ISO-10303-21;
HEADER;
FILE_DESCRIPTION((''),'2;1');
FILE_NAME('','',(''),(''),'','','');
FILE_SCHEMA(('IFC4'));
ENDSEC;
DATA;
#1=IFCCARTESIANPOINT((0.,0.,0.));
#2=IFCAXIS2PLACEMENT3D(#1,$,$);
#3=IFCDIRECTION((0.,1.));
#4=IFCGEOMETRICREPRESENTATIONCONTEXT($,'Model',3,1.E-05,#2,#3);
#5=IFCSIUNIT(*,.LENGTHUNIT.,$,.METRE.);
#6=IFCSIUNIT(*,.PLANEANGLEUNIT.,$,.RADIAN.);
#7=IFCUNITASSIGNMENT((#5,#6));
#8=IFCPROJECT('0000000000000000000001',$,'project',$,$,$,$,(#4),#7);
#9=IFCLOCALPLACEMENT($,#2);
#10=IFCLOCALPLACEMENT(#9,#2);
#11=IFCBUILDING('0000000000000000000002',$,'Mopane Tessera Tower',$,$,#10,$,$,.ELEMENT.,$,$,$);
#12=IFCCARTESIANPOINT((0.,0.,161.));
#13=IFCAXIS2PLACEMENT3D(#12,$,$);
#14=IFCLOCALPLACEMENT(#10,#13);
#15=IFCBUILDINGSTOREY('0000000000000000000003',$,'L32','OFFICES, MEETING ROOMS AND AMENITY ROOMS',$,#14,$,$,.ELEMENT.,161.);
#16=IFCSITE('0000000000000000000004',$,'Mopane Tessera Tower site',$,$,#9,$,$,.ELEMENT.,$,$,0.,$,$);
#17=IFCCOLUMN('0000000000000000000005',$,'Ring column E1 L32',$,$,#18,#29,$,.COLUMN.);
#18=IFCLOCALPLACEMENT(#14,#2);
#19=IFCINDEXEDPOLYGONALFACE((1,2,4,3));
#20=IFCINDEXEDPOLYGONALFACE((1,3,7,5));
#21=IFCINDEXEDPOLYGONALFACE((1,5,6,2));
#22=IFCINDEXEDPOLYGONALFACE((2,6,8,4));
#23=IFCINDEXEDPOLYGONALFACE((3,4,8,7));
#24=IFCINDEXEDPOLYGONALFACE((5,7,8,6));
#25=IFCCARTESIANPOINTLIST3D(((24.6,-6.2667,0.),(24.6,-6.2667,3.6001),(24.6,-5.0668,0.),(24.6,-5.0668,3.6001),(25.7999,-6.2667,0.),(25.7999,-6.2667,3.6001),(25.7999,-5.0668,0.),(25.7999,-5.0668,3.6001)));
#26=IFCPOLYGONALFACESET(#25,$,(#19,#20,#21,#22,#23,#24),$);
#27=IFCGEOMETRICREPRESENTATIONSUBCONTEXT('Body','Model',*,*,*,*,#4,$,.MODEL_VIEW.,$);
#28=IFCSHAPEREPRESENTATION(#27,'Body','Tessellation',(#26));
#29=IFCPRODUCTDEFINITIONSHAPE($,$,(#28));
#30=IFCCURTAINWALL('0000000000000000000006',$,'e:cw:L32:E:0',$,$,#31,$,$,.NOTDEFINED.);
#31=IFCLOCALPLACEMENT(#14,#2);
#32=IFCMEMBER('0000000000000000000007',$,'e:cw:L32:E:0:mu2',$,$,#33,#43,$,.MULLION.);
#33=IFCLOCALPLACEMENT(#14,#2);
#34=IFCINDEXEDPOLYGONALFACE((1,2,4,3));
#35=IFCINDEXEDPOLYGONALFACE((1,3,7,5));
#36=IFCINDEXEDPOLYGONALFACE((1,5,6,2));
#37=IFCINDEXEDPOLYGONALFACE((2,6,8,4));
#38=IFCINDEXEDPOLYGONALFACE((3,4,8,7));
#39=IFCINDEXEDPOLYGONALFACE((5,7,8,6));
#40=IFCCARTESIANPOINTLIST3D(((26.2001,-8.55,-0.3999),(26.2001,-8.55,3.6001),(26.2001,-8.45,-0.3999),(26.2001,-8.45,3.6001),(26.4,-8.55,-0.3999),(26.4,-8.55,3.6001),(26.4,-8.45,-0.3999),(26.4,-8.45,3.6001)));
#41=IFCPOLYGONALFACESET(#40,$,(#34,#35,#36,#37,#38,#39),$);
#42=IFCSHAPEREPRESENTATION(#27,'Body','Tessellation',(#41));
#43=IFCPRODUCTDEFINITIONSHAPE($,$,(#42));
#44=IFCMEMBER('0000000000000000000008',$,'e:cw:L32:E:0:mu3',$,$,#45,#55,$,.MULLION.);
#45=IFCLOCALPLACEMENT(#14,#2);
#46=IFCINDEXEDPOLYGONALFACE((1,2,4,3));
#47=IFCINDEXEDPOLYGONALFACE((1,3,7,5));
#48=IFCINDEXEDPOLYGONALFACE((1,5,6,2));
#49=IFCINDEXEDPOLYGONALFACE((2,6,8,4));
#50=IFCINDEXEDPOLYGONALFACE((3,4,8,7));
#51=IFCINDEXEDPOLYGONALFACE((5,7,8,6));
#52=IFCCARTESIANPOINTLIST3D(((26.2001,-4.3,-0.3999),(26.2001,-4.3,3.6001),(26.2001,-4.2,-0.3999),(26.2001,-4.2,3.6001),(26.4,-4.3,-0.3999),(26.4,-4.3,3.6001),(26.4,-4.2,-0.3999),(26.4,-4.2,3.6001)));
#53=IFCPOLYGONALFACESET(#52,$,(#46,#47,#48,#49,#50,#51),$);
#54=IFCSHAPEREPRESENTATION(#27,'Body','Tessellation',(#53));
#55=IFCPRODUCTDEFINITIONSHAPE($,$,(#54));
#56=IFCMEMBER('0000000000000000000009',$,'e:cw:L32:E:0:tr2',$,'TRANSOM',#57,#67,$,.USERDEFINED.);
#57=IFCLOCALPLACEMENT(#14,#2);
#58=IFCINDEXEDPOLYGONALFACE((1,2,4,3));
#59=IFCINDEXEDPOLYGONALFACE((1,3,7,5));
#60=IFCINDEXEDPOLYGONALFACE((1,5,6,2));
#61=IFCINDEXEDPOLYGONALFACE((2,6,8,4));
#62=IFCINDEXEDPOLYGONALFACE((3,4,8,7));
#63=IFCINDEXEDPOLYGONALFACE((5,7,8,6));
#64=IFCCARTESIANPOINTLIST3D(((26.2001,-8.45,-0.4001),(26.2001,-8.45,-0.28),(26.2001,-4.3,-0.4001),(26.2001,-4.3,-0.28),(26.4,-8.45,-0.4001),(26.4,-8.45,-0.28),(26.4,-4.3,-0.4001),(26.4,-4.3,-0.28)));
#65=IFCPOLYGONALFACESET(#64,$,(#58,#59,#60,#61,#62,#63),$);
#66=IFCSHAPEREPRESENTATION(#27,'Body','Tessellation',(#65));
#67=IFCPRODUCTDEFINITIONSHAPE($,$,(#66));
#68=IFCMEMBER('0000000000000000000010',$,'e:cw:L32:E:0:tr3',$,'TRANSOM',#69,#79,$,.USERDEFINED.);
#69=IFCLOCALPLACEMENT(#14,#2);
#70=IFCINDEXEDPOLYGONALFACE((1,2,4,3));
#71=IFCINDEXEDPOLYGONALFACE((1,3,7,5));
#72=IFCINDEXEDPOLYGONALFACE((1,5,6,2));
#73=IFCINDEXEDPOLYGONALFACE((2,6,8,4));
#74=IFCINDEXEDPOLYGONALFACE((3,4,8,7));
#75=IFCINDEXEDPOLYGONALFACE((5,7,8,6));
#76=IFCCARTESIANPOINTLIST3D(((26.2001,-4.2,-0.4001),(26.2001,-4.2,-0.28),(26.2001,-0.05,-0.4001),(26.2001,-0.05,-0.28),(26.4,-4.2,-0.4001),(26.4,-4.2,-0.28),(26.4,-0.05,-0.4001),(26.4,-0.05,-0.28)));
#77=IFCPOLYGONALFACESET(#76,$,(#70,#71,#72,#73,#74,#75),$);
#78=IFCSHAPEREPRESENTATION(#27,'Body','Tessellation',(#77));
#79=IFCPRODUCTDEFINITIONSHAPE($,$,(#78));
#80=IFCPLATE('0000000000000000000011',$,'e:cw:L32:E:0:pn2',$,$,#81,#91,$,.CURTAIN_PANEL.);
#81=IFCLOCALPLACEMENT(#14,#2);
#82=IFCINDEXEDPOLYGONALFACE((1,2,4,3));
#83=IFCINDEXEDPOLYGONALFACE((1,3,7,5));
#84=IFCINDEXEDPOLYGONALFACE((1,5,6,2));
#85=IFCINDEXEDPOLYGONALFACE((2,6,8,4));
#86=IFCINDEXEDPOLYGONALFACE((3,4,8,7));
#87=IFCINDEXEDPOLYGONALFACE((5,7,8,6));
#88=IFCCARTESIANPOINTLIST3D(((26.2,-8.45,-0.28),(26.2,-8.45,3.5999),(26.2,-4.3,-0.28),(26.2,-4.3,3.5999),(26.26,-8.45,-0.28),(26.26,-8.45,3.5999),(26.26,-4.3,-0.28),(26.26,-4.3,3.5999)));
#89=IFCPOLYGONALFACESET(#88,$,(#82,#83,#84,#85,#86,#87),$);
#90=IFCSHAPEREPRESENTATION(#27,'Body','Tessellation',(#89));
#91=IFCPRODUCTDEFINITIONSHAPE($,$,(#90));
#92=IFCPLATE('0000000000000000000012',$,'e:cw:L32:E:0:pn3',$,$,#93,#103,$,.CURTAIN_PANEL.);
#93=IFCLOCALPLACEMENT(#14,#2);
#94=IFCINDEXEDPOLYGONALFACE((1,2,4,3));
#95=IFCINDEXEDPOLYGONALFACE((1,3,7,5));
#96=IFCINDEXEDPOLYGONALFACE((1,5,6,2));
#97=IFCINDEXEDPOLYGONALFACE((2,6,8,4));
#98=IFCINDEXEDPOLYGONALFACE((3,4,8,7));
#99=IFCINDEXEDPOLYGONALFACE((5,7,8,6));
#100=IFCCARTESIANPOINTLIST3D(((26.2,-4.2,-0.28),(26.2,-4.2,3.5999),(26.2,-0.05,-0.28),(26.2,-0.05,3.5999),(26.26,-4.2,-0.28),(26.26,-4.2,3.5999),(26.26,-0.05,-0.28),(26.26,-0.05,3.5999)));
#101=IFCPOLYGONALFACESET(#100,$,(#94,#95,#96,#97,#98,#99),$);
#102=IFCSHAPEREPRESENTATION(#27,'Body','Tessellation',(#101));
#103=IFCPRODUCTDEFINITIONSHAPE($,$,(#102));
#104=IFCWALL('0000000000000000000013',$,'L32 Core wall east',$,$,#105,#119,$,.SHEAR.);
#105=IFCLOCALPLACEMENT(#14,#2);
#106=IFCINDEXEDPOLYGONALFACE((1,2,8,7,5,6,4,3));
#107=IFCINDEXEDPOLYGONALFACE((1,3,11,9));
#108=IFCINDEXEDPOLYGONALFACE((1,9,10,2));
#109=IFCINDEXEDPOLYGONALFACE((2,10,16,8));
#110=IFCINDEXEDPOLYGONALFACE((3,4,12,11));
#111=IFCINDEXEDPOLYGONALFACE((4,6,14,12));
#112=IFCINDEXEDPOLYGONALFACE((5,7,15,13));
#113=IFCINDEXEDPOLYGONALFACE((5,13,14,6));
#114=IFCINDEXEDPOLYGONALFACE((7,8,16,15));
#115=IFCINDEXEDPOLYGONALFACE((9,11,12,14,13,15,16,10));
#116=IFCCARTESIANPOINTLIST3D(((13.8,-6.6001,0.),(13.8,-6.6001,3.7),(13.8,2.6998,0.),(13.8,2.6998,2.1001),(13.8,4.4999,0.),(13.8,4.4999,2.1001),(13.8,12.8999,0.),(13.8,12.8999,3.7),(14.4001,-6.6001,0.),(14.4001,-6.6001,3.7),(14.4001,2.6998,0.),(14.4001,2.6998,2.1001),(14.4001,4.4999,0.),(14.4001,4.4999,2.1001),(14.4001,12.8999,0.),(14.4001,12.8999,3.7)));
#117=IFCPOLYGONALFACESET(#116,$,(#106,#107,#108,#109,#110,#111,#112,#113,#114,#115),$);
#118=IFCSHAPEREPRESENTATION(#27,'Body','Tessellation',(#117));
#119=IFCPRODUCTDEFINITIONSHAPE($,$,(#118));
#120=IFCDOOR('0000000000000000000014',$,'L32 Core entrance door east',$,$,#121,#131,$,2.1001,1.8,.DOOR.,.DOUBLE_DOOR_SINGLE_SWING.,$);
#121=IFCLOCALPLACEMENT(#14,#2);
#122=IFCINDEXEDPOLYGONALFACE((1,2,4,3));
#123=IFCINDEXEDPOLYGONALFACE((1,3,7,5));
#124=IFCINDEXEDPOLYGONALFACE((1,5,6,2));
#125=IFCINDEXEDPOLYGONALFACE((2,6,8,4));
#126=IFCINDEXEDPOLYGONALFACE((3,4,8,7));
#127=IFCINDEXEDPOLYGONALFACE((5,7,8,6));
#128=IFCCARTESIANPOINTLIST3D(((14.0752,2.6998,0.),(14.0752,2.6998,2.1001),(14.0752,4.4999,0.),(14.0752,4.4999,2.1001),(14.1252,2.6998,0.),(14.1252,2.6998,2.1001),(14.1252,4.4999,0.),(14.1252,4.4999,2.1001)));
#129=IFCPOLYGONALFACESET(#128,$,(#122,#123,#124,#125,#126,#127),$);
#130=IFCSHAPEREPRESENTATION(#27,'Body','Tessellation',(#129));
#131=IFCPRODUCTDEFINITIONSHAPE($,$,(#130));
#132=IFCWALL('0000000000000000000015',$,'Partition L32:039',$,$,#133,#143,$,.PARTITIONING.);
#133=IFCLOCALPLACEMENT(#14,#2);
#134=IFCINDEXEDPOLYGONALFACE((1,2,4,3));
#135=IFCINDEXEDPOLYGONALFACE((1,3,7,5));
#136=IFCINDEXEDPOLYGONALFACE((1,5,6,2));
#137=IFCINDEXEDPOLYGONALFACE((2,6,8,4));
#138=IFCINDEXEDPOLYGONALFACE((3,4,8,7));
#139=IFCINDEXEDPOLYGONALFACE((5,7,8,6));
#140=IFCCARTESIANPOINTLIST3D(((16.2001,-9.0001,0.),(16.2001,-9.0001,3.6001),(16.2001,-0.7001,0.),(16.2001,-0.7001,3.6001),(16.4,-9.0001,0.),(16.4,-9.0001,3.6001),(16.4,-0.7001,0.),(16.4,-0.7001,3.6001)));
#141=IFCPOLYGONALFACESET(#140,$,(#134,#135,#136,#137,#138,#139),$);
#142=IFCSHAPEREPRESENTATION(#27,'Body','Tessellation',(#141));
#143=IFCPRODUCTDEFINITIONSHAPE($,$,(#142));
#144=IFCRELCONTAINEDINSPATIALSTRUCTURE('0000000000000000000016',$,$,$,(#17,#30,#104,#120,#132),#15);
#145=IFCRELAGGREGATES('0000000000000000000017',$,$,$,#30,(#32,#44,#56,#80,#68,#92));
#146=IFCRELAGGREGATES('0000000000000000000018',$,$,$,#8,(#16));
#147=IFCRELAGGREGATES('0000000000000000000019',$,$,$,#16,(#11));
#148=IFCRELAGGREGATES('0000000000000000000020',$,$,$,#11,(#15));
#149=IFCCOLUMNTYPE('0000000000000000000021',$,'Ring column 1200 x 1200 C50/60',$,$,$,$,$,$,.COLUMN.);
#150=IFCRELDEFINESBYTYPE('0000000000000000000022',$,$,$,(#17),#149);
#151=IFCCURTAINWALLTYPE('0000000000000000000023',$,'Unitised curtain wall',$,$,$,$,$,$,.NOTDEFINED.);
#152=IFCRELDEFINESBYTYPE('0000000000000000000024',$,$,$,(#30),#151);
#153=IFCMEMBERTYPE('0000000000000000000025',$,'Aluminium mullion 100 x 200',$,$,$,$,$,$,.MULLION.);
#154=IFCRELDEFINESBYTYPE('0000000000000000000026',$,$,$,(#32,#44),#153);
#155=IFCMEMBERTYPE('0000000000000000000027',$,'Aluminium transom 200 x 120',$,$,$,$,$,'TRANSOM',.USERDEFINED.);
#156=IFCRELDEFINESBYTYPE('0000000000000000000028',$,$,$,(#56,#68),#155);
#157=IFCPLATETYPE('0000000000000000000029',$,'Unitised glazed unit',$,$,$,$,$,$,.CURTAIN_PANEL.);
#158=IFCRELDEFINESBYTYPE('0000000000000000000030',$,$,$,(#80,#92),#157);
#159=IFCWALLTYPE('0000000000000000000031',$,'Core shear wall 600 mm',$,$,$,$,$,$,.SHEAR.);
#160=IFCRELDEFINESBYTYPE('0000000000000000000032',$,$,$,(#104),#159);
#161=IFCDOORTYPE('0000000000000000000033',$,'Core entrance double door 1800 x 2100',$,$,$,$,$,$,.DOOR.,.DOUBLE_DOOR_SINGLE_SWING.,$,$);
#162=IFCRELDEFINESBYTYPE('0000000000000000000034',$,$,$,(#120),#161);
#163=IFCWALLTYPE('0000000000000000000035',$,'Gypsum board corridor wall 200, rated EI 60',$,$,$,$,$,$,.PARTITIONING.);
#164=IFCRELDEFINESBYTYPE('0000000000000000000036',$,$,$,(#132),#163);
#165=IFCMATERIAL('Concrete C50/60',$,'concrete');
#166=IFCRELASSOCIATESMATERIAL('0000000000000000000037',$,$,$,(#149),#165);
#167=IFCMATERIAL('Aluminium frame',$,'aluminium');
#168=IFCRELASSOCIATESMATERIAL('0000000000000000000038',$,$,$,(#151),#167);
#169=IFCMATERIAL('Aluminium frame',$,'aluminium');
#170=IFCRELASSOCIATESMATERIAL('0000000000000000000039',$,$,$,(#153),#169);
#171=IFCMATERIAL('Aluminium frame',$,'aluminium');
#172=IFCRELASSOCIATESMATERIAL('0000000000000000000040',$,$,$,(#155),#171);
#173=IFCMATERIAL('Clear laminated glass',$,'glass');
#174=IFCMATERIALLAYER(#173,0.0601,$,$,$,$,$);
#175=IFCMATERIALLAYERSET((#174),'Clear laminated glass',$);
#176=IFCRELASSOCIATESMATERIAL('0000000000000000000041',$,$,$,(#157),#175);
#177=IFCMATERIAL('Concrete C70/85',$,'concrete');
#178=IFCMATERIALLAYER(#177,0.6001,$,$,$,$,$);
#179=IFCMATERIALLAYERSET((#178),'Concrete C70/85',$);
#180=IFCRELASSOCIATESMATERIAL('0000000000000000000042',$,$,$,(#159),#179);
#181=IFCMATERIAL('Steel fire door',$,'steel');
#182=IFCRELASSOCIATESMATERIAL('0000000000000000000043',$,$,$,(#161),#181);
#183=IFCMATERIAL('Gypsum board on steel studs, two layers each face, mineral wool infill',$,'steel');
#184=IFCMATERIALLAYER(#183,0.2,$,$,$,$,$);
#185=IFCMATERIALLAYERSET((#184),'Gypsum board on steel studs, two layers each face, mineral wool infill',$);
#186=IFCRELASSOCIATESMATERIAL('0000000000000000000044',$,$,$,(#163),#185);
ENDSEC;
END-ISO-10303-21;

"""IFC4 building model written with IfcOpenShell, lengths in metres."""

from ifc_helpers import new_model, si_unit, direction, frame, frame_2d, origin, origin_2d, place, context, subcontext, project, spatial, rectangle, extrude, material, layer, layer_set, material_profile, profile_set, type_object, element, fill, aggregate, save


model = new_model("IFC4")

# Units and contexts
model_context = context("Model", 3, precision=1e-05, world=origin(), true_north=direction((0.0, 1.0)))
body_context = subcontext(model_context, "Body", "Model", "MODEL_VIEW")
ifc_project = project(units=[si_unit("LENGTHUNIT", "METRE"), si_unit("PLANEANGLEUNIT", "RADIAN")], contexts=[model_context])

# Site, building, storey
site_placement = place(None, origin())
site = spatial("IfcSite", under=ifc_project, at=site_placement, Name="Mopane Tessera Tower site", CompositionType="ELEMENT", RefElevation=0.0)
building_placement = place(site_placement, origin())
building = spatial("IfcBuilding", under=site, at=building_placement, Name="Mopane Tessera Tower", CompositionType="ELEMENT")
storey_placement = place(building_placement, frame((0.0, 0.0, 161.0)))
storey = spatial("IfcBuildingStorey", under=building, at=storey_placement, Name="L32", Description="OFFICES, MEETING ROOMS AND AMENITY ROOMS", CompositionType="ELEMENT", Elevation=161.0)

# Column
ifc_material_1 = material(Name="Concrete C50/60", Category="concrete")
ifc_material_profile_1 = material_profile(ifc_material_1, rectangle(XDim=1.2, YDim=1.2, at=origin_2d()))
ifc_profile_set_1 = profile_set([ifc_material_profile_1], Name="Concrete C50/60")
column_type = type_object("IfcColumnType", Name="Ring column 1200 x 1200 C50/60", PredefinedType="COLUMN", material=ifc_profile_set_1)
column_placement = place(storey_placement, frame((25.2, -5.6667, 0.0), z_axis=(0.0, 0.0, 1.0), x_axis=(1.0, 0.0, 0.0)))
element("IfcColumn", 1, at=column_placement, inside=storey, type_object=column_type, Name="Ring column E1 L32", PredefinedType="COLUMN", context=body_context, shape_type="SweptSolid", body=[
    extrude(rectangle(XDim=1.2, YDim=1.2, at=origin_2d()), origin(), (0.0, 0.0, 1.0), 3.6001),
])

# Curtain wall, members, plates
ifc_material_2 = material(Name="Aluminium frame", Category="aluminium")
curtain_wall_type = type_object("IfcCurtainWallType", Name="Unitised curtain wall", PredefinedType="NOTDEFINED", material=ifc_material_2)
curtain_wall_placement = place(storey_placement, origin())
curtain_wall = element("IfcCurtainWall", 2, at=curtain_wall_placement, inside=storey, type_object=curtain_wall_type, Name="e:cw:L32:E:0", PredefinedType="NOTDEFINED")
ifc_material_3 = material(Name="Aluminium frame", Category="aluminium")
ifc_material_profile_2 = material_profile(ifc_material_3, rectangle(XDim=0.1001, YDim=0.2, at=origin_2d()))
ifc_profile_set_2 = profile_set([ifc_material_profile_2], Name="Aluminium frame")
member_type_1 = type_object("IfcMemberType", Name="Aluminium mullion 100 x 200", PredefinedType="MULLION", material=ifc_profile_set_2)
member_1_placement = place(storey_placement, frame((26.3, -8.5, -0.3999), z_axis=(0.0, 0.0, 1.0), x_axis=(0.0, 1.0, 0.0)))
member_1 = element("IfcMember", 3, at=member_1_placement, type_object=member_type_1, Name="e:cw:L32:E:0:mu2", PredefinedType="MULLION", context=body_context, shape_type="SweptSolid", body=[
    extrude(rectangle(XDim=0.1001, YDim=0.2, at=origin_2d()), origin(), (0.0, 0.0, 1.0), 4.0),
])
member_2_placement = place(storey_placement, frame((26.3, -4.25, -0.3999), z_axis=(0.0, 0.0, 1.0), x_axis=(0.0, 1.0, 0.0)))
member_2 = element("IfcMember", 4, at=member_2_placement, type_object=member_type_1, Name="e:cw:L32:E:0:mu3", PredefinedType="MULLION", context=body_context, shape_type="SweptSolid", body=[
    extrude(rectangle(XDim=0.1001, YDim=0.2, at=origin_2d()), origin(), (0.0, 0.0, 1.0), 4.0),
])
ifc_material_4 = material(Name="Aluminium frame", Category="aluminium")
ifc_material_profile_3 = material_profile(ifc_material_4, rectangle(XDim=0.2, YDim=0.1201, at=origin_2d()))
ifc_profile_set_3 = profile_set([ifc_material_profile_3], Name="Aluminium frame")
member_type_2 = type_object("IfcMemberType", Name="Aluminium transom 200 x 120", ElementType="TRANSOM", PredefinedType="USERDEFINED", material=ifc_profile_set_3)
member_3_placement = place(storey_placement, frame((26.3, -8.45, -0.3401), z_axis=(0.0, 1.0, 0.0), x_axis=(-1.0, 0.0, 0.0)))
member_3 = element("IfcMember", 5, at=member_3_placement, type_object=member_type_2, Name="e:cw:L32:E:0:tr2", ObjectType="TRANSOM", PredefinedType="USERDEFINED", context=body_context, shape_type="SweptSolid", body=[
    extrude(rectangle(XDim=0.2, YDim=0.1201, at=origin_2d()), origin(), (0.0, 0.0, 1.0), 4.1499),
])
member_4_placement = place(storey_placement, frame((26.3, -4.2, -0.3401), z_axis=(0.0, 1.0, 0.0), x_axis=(-1.0, 0.0, 0.0)))
member_4 = element("IfcMember", 6, at=member_4_placement, type_object=member_type_2, Name="e:cw:L32:E:0:tr3", ObjectType="TRANSOM", PredefinedType="USERDEFINED", context=body_context, shape_type="SweptSolid", body=[
    extrude(rectangle(XDim=0.2, YDim=0.1201, at=origin_2d()), origin(), (0.0, 0.0, 1.0), 4.1499),
])
ifc_material_5 = material(Name="Clear laminated glass", Category="glass")
ifc_layer_1 = layer(ifc_material_5, 0.0601)
ifc_layer_set_1 = layer_set([ifc_layer_1], Name="Clear laminated glass")
plate_type = type_object("IfcPlateType", Name="Unitised glazed unit", PredefinedType="CURTAIN_PANEL", material=ifc_layer_set_1)
plate_1_placement = place(storey_placement, frame((26.23, -6.375, -0.28), z_axis=(0.0, 0.0, 1.0), x_axis=(0.0, 1.0, 0.0)))
plate_1 = element("IfcPlate", 7, at=plate_1_placement, type_object=plate_type, Name="e:cw:L32:E:0:pn2", PredefinedType="CURTAIN_PANEL", context=body_context, shape_type="SweptSolid", body=[
    extrude(rectangle(XDim=4.1499, YDim=0.0601, at=origin_2d()), origin(), (0.0, 0.0, 1.0), 3.8799),
])
plate_2_placement = place(storey_placement, frame((26.23, -2.125, -0.28), z_axis=(0.0, 0.0, 1.0), x_axis=(0.0, 1.0, 0.0)))
plate_2 = element("IfcPlate", 8, at=plate_2_placement, type_object=plate_type, Name="e:cw:L32:E:0:pn3", PredefinedType="CURTAIN_PANEL", context=body_context, shape_type="SweptSolid", body=[
    extrude(rectangle(XDim=4.1499, YDim=0.0601, at=origin_2d()), origin(), (0.0, 0.0, 1.0), 3.8799),
])
aggregate(curtain_wall, [member_1, member_2, member_3, plate_1, member_4, plate_2])

# Wall, opening, door
ifc_material_6 = material(Name="Concrete C70/85", Category="concrete")
ifc_layer_2 = layer(ifc_material_6, 0.6001)
ifc_layer_set_2 = layer_set([ifc_layer_2], Name="Concrete C70/85")
wall_type_1 = type_object("IfcWallType", Name="Core shear wall 600 mm", PredefinedType="SHEAR", material=ifc_layer_set_2)
wall_1_placement = place(storey_placement, frame((14.1001, -6.6001, 0.0), z_axis=(0.0, 0.0, 1.0), x_axis=(0.0, 1.0, 0.0)))
wall_1 = element("IfcWall", 9, at=wall_1_placement, inside=storey, type_object=wall_type_1, Name="L32 Core wall east", PredefinedType="SHEAR", context=body_context, shape_type="SweptSolid", body=[
    extrude(rectangle(XDim=19.5, YDim=0.6001, at=frame_2d((9.75, 0.0))), origin(), (0.0, 0.0, 1.0), 3.7),
])
opening_1_placement = place(wall_1_placement, frame((9.3, 0.0, 0.0)))
opening_1 = element("IfcOpeningElement", 10, at=opening_1_placement, cuts=wall_1, PredefinedType="OPENING", context=body_context, shape_type="SweptSolid", body=[
    extrude(rectangle(XDim=1.8, YDim=2.1001, at=frame_2d((0.8999, 1.05))), frame((0.0, 0.312, 0.0), z_axis=(0.0, -1.0, 0.0), x_axis=(1.0, 0.0, 0.0)), (0.0, 0.0, 1.0), 0.624),
])
ifc_material_7 = material(Name="Steel fire door", Category="steel")
door_type_1 = type_object("IfcDoorType", Name="Core entrance double door 1800 x 2100", OperationType="DOUBLE_DOOR_SINGLE_SWING", PredefinedType="DOOR", material=ifc_material_7)
door_1_placement = place(opening_1_placement, origin())
door_1 = element("IfcDoor", 11, at=door_1_placement, inside=storey, type_object=door_type_1, Name="L32 Core entrance door east", OperationType="DOUBLE_DOOR_SINGLE_SWING", OverallHeight=2.1001, OverallWidth=1.8, PredefinedType="DOOR", context=body_context, shape_type="SweptSolid", body=[
    extrude(rectangle(XDim=1.8, YDim=2.1001, at=frame_2d((0.8999, 1.05))), frame((0.0, 0.0249, 0.0), z_axis=(0.0, -1.0, 0.0), x_axis=(1.0, 0.0, 0.0)), (0.0, 0.0, 1.0), 0.05),
])
fill(opening_1, door_1)

# Wall
ifc_material_8 = material(Name="Gypsum board on steel studs, two layers each face, mineral wool infill", Category="steel")
ifc_layer_3 = layer(ifc_material_8, 0.2)
ifc_layer_set_3 = layer_set([ifc_layer_3], Name="Gypsum board on steel studs, two layers each face, mineral wool infill")
wall_type_2 = type_object("IfcWallType", Name="Gypsum board corridor wall 200, rated EI 60", PredefinedType="PARTITIONING", material=ifc_layer_set_3)
wall_2_placement = place(storey_placement, frame((16.3, -9.0, 0.0), z_axis=(0.0, 0.0, 1.0), x_axis=(0.0, 1.0, 0.0)))
element("IfcWall", 12, at=wall_2_placement, inside=storey, type_object=wall_type_2, Name="Partition L32:039", PredefinedType="PARTITIONING", context=body_context, shape_type="SweptSolid", body=[
    extrude(rectangle(XDim=8.3, YDim=0.2, at=frame_2d((4.1499, 0.0))), origin(), (0.0, 0.0, 1.0), 3.6001),
])

save(model, "model.ifc")
